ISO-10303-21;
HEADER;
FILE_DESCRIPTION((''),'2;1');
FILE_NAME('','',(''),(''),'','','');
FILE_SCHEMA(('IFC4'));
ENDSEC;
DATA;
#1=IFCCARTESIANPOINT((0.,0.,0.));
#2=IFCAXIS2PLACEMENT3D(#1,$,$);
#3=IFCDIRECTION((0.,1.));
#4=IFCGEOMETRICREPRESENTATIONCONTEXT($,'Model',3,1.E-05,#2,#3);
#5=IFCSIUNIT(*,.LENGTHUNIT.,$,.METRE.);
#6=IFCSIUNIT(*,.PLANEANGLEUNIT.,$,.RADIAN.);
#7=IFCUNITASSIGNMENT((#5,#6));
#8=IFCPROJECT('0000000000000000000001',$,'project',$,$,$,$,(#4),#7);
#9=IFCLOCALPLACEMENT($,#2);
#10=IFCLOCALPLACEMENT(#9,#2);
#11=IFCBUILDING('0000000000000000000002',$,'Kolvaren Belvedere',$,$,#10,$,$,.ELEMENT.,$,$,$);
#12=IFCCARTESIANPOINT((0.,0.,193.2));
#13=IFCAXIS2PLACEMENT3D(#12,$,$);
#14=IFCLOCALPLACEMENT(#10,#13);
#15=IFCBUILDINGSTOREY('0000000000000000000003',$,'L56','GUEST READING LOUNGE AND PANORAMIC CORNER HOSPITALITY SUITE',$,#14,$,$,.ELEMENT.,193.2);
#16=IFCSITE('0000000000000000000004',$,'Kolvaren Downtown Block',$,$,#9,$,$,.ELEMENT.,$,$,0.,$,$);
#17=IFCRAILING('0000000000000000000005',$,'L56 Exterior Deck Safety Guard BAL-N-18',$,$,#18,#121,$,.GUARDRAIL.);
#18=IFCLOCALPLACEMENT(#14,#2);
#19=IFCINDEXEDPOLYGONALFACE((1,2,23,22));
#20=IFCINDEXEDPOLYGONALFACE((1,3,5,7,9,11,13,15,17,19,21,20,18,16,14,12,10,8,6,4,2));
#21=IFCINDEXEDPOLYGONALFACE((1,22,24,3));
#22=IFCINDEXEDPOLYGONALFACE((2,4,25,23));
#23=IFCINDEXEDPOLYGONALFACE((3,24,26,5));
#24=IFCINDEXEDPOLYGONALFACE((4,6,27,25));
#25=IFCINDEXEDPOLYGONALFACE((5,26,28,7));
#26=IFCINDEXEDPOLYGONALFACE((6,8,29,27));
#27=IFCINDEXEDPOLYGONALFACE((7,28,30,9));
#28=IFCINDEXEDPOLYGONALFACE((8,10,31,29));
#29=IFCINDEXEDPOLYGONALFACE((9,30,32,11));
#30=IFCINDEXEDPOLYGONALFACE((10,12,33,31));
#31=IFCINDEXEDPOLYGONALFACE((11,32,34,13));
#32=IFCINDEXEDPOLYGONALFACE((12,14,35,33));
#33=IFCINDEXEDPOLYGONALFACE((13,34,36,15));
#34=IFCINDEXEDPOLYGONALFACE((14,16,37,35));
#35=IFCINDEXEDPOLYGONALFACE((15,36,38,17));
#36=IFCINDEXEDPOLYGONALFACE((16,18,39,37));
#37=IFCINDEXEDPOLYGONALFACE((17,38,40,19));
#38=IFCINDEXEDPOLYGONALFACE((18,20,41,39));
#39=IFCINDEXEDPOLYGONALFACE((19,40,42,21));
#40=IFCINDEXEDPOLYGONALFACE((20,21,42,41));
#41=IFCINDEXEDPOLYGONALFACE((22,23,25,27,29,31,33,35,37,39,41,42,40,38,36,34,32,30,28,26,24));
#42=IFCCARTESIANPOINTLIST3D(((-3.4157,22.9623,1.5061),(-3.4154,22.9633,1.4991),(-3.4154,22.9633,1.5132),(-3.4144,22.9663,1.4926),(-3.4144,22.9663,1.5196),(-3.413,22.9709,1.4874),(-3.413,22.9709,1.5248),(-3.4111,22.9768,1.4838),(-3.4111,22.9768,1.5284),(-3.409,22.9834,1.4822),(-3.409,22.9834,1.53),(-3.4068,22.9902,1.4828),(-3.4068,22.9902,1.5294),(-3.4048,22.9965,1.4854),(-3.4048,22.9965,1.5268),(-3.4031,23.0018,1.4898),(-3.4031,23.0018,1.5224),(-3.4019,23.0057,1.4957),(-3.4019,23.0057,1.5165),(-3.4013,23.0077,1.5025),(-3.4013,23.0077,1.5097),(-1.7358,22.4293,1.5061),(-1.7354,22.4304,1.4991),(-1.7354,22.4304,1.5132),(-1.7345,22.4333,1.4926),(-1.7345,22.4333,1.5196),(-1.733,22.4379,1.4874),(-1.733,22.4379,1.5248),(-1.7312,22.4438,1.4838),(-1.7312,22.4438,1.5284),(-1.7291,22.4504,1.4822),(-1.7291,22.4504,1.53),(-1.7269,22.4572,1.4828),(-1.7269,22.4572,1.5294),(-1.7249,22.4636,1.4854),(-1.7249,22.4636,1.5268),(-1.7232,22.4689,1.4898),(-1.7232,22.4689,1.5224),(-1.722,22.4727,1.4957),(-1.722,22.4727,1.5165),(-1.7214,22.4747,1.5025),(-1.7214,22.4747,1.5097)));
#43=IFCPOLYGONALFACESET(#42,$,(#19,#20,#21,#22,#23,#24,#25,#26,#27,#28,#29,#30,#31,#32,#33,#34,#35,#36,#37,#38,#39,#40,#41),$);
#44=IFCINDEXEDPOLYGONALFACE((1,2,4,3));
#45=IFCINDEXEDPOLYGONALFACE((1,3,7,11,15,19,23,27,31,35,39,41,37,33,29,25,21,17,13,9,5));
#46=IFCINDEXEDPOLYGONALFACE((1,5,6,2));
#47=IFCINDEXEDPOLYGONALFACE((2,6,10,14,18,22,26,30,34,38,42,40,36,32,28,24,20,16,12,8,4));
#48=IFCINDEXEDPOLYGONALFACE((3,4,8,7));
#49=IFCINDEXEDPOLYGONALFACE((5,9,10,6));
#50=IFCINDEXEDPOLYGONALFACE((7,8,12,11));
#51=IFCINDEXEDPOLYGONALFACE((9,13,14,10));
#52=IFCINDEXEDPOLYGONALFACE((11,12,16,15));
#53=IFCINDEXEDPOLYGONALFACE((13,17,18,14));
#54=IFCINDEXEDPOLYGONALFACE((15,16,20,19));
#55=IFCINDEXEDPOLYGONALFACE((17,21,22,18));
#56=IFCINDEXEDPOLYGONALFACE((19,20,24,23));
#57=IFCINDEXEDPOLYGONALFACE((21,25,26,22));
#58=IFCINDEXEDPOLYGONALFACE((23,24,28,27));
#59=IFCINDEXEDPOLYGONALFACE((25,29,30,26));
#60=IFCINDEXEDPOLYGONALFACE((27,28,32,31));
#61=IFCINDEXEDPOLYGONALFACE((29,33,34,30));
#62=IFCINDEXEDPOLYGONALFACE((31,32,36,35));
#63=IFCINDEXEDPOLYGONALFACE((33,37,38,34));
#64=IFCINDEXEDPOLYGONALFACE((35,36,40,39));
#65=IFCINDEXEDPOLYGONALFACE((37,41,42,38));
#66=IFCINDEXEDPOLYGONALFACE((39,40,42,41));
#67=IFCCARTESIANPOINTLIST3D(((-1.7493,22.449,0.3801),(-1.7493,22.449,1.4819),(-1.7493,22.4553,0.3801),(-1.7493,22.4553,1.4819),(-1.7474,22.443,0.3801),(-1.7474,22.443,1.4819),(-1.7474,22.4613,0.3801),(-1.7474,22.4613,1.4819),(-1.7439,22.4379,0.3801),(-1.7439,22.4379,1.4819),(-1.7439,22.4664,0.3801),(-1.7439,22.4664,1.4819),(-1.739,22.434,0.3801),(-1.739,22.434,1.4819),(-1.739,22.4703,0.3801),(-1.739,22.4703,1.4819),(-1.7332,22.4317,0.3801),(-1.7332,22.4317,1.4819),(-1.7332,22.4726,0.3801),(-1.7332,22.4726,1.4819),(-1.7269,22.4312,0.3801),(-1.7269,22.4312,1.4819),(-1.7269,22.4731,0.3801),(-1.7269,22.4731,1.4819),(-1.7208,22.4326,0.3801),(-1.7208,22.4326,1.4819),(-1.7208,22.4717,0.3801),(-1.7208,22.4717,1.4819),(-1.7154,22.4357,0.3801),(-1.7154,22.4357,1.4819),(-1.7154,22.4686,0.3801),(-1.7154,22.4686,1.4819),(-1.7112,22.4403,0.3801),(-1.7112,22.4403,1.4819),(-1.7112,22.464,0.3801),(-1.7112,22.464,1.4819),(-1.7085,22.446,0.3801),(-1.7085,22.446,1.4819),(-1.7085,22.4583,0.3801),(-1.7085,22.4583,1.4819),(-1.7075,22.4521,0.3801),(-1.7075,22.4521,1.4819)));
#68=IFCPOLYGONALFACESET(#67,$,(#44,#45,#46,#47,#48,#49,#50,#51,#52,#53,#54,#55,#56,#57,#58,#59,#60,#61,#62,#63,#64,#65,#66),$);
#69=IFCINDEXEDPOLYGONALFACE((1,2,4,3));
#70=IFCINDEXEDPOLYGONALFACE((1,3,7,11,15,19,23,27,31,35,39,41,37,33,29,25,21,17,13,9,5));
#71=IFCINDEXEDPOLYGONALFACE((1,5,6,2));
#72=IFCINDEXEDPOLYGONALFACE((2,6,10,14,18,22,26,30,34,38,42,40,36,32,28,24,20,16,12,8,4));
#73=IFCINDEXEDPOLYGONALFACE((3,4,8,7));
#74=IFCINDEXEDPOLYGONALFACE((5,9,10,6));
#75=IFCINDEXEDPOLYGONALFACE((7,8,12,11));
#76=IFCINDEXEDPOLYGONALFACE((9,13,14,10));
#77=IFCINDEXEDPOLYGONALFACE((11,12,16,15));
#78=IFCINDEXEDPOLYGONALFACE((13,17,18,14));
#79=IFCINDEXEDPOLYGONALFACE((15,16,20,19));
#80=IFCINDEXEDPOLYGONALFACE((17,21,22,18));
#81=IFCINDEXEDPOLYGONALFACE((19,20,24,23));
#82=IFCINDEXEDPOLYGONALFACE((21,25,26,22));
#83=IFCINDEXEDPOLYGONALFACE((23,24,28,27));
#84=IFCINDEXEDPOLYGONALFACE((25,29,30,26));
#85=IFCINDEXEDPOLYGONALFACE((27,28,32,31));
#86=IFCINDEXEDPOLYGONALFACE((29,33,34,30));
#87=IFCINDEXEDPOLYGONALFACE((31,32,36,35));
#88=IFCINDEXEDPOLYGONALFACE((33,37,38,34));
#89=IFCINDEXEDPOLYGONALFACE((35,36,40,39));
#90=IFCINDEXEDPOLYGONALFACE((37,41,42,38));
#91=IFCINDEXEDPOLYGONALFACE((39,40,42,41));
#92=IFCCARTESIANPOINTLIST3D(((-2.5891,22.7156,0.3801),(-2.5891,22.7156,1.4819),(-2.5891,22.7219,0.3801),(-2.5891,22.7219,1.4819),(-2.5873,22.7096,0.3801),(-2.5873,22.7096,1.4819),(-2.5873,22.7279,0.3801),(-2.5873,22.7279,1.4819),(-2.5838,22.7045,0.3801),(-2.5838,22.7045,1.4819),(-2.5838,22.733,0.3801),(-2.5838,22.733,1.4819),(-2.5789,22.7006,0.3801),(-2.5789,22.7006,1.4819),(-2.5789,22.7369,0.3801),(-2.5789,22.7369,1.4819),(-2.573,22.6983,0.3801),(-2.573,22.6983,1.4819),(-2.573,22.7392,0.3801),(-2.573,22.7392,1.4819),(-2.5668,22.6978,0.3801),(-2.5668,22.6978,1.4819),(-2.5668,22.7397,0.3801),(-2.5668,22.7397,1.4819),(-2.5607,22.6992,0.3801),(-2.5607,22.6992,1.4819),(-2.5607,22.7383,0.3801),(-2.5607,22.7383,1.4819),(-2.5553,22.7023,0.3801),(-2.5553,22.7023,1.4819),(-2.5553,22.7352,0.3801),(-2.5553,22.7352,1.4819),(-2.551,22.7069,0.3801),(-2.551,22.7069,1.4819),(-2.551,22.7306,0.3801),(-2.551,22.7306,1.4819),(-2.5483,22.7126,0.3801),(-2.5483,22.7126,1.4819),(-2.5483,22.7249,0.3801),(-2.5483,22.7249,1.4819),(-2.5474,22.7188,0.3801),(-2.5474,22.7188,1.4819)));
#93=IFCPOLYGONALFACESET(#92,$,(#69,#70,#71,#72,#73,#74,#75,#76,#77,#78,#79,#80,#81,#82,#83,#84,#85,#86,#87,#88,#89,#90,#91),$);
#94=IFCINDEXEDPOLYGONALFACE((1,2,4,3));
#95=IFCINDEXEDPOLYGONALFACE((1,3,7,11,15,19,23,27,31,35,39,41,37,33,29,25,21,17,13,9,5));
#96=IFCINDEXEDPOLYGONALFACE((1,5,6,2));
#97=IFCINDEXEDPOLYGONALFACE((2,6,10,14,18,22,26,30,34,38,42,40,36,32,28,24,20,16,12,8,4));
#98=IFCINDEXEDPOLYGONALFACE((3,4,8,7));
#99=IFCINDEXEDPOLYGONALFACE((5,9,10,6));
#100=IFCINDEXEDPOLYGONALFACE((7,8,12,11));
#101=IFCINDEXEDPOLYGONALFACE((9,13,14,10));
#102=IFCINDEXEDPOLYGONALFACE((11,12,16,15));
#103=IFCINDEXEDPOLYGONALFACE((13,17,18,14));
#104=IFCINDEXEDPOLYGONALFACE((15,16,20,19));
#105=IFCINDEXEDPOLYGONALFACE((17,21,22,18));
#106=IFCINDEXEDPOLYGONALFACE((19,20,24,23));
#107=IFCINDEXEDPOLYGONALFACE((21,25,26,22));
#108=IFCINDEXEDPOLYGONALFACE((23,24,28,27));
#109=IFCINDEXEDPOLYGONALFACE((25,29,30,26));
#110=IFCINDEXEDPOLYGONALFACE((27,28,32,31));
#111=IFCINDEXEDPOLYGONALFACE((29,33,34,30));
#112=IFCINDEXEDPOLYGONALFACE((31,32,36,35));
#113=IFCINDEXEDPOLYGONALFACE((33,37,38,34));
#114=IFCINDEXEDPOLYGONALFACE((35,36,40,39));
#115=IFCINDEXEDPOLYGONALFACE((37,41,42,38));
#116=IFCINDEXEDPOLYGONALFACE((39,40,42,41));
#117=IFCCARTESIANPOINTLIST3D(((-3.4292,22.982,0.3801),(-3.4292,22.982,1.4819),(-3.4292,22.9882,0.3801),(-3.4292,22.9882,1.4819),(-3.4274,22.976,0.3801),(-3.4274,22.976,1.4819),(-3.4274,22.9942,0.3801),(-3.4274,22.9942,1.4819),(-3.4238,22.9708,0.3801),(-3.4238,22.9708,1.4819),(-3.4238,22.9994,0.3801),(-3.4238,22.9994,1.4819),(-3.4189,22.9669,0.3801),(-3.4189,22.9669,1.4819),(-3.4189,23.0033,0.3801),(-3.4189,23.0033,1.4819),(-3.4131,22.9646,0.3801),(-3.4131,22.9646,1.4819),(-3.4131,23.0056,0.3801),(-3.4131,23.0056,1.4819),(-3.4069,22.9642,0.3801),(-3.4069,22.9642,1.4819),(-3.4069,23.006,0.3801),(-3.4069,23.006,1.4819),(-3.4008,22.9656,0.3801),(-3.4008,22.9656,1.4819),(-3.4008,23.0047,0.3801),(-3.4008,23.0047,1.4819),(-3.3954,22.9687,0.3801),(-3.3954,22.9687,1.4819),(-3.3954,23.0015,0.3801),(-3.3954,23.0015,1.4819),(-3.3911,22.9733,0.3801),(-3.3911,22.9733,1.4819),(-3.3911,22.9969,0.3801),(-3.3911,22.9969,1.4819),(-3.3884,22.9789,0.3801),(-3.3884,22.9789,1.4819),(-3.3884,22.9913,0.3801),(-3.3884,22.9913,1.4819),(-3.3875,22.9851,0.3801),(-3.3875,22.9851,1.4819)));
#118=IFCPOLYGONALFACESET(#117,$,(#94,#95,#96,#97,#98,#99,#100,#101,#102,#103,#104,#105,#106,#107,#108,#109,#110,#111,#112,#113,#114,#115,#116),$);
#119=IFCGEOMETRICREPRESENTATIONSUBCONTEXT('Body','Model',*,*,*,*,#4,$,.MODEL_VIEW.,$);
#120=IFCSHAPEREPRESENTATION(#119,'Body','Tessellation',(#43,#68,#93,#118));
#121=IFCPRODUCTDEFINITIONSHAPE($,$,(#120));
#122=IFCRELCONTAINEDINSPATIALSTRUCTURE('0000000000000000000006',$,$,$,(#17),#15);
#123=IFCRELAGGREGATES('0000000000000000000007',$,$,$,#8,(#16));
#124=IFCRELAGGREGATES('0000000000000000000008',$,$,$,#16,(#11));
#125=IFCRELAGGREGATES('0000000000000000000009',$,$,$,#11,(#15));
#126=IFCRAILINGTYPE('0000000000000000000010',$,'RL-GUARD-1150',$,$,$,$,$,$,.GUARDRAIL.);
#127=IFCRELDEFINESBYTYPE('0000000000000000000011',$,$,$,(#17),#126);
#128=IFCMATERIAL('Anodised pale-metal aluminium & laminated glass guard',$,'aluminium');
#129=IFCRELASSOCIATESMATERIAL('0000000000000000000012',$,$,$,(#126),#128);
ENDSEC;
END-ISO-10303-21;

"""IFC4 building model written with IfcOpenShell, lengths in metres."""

from ifc_helpers import new_model, si_unit, direction, frame, origin, origin_2d, place, context, subcontext, project, spatial, circle, extrude, material, type_object, element, save


model = new_model("IFC4")

# Units and contexts
model_context = context("Model", 3, precision=1e-05, world=origin(), true_north=direction((0.0, 1.0)))
body_context = subcontext(model_context, "Body", "Model", "MODEL_VIEW")
ifc_project = project(units=[si_unit("LENGTHUNIT", "METRE"), si_unit("PLANEANGLEUNIT", "RADIAN")], contexts=[model_context])

# Site, building, storey
site_placement = place(None, origin())
site = spatial("IfcSite", under=ifc_project, at=site_placement, Name="Kolvaren Downtown Block", CompositionType="ELEMENT", RefElevation=0.0)
building_placement = place(site_placement, origin())
building = spatial("IfcBuilding", under=site, at=building_placement, Name="Kolvaren Belvedere", CompositionType="ELEMENT")
storey_placement = place(building_placement, frame((0.0, 0.0, 193.2)))
storey = spatial("IfcBuildingStorey", under=building, at=storey_placement, Name="L56", Description="GUEST READING LOUNGE AND PANORAMIC CORNER HOSPITALITY SUITE", CompositionType="ELEMENT", Elevation=193.2)

# Railing
ifc_material_1 = material(Name="Anodised pale-metal aluminium & laminated glass guard", Category="aluminium")
railing_type = type_object("IfcRailingType", Name="RL-GUARD-1150", PredefinedType="GUARDRAIL", material=ifc_material_1)
railing_1_placement = place(storey_placement, frame((-1.7285, 22.4521, 0.3801)))
element("IfcRailing", 1, at=railing_1_placement, inside=storey, type_object=railing_type, Name="L56 Exterior Deck Safety Guard BAL-N-18", PredefinedType="GUARDRAIL", context=body_context, shape_type="SweptSolid", body=[
    extrude(circle(Radius=0.0239, at=origin_2d()), frame((0.0, 0.0, 1.126), z_axis=(-0.953182, 0.302397, 0.0), x_axis=(-0.302397, -0.953182, 0.0)), (0.0, 0.0, 1.0), 1.7625),
    extrude(circle(Radius=0.021, at=origin_2d()), origin(), (0.0, 0.0, 1.0), 1.1018),
    extrude(circle(Radius=0.021, at=origin_2d()), frame((-0.8398, 0.2666, 0.0)), (0.0, 0.0, 1.0), 1.1018),
    extrude(circle(Radius=0.021, at=origin_2d()), frame((-1.6799, 0.533, 0.0)), (0.0, 0.0, 1.0), 1.1018),
])

save(model, "model.ifc")
